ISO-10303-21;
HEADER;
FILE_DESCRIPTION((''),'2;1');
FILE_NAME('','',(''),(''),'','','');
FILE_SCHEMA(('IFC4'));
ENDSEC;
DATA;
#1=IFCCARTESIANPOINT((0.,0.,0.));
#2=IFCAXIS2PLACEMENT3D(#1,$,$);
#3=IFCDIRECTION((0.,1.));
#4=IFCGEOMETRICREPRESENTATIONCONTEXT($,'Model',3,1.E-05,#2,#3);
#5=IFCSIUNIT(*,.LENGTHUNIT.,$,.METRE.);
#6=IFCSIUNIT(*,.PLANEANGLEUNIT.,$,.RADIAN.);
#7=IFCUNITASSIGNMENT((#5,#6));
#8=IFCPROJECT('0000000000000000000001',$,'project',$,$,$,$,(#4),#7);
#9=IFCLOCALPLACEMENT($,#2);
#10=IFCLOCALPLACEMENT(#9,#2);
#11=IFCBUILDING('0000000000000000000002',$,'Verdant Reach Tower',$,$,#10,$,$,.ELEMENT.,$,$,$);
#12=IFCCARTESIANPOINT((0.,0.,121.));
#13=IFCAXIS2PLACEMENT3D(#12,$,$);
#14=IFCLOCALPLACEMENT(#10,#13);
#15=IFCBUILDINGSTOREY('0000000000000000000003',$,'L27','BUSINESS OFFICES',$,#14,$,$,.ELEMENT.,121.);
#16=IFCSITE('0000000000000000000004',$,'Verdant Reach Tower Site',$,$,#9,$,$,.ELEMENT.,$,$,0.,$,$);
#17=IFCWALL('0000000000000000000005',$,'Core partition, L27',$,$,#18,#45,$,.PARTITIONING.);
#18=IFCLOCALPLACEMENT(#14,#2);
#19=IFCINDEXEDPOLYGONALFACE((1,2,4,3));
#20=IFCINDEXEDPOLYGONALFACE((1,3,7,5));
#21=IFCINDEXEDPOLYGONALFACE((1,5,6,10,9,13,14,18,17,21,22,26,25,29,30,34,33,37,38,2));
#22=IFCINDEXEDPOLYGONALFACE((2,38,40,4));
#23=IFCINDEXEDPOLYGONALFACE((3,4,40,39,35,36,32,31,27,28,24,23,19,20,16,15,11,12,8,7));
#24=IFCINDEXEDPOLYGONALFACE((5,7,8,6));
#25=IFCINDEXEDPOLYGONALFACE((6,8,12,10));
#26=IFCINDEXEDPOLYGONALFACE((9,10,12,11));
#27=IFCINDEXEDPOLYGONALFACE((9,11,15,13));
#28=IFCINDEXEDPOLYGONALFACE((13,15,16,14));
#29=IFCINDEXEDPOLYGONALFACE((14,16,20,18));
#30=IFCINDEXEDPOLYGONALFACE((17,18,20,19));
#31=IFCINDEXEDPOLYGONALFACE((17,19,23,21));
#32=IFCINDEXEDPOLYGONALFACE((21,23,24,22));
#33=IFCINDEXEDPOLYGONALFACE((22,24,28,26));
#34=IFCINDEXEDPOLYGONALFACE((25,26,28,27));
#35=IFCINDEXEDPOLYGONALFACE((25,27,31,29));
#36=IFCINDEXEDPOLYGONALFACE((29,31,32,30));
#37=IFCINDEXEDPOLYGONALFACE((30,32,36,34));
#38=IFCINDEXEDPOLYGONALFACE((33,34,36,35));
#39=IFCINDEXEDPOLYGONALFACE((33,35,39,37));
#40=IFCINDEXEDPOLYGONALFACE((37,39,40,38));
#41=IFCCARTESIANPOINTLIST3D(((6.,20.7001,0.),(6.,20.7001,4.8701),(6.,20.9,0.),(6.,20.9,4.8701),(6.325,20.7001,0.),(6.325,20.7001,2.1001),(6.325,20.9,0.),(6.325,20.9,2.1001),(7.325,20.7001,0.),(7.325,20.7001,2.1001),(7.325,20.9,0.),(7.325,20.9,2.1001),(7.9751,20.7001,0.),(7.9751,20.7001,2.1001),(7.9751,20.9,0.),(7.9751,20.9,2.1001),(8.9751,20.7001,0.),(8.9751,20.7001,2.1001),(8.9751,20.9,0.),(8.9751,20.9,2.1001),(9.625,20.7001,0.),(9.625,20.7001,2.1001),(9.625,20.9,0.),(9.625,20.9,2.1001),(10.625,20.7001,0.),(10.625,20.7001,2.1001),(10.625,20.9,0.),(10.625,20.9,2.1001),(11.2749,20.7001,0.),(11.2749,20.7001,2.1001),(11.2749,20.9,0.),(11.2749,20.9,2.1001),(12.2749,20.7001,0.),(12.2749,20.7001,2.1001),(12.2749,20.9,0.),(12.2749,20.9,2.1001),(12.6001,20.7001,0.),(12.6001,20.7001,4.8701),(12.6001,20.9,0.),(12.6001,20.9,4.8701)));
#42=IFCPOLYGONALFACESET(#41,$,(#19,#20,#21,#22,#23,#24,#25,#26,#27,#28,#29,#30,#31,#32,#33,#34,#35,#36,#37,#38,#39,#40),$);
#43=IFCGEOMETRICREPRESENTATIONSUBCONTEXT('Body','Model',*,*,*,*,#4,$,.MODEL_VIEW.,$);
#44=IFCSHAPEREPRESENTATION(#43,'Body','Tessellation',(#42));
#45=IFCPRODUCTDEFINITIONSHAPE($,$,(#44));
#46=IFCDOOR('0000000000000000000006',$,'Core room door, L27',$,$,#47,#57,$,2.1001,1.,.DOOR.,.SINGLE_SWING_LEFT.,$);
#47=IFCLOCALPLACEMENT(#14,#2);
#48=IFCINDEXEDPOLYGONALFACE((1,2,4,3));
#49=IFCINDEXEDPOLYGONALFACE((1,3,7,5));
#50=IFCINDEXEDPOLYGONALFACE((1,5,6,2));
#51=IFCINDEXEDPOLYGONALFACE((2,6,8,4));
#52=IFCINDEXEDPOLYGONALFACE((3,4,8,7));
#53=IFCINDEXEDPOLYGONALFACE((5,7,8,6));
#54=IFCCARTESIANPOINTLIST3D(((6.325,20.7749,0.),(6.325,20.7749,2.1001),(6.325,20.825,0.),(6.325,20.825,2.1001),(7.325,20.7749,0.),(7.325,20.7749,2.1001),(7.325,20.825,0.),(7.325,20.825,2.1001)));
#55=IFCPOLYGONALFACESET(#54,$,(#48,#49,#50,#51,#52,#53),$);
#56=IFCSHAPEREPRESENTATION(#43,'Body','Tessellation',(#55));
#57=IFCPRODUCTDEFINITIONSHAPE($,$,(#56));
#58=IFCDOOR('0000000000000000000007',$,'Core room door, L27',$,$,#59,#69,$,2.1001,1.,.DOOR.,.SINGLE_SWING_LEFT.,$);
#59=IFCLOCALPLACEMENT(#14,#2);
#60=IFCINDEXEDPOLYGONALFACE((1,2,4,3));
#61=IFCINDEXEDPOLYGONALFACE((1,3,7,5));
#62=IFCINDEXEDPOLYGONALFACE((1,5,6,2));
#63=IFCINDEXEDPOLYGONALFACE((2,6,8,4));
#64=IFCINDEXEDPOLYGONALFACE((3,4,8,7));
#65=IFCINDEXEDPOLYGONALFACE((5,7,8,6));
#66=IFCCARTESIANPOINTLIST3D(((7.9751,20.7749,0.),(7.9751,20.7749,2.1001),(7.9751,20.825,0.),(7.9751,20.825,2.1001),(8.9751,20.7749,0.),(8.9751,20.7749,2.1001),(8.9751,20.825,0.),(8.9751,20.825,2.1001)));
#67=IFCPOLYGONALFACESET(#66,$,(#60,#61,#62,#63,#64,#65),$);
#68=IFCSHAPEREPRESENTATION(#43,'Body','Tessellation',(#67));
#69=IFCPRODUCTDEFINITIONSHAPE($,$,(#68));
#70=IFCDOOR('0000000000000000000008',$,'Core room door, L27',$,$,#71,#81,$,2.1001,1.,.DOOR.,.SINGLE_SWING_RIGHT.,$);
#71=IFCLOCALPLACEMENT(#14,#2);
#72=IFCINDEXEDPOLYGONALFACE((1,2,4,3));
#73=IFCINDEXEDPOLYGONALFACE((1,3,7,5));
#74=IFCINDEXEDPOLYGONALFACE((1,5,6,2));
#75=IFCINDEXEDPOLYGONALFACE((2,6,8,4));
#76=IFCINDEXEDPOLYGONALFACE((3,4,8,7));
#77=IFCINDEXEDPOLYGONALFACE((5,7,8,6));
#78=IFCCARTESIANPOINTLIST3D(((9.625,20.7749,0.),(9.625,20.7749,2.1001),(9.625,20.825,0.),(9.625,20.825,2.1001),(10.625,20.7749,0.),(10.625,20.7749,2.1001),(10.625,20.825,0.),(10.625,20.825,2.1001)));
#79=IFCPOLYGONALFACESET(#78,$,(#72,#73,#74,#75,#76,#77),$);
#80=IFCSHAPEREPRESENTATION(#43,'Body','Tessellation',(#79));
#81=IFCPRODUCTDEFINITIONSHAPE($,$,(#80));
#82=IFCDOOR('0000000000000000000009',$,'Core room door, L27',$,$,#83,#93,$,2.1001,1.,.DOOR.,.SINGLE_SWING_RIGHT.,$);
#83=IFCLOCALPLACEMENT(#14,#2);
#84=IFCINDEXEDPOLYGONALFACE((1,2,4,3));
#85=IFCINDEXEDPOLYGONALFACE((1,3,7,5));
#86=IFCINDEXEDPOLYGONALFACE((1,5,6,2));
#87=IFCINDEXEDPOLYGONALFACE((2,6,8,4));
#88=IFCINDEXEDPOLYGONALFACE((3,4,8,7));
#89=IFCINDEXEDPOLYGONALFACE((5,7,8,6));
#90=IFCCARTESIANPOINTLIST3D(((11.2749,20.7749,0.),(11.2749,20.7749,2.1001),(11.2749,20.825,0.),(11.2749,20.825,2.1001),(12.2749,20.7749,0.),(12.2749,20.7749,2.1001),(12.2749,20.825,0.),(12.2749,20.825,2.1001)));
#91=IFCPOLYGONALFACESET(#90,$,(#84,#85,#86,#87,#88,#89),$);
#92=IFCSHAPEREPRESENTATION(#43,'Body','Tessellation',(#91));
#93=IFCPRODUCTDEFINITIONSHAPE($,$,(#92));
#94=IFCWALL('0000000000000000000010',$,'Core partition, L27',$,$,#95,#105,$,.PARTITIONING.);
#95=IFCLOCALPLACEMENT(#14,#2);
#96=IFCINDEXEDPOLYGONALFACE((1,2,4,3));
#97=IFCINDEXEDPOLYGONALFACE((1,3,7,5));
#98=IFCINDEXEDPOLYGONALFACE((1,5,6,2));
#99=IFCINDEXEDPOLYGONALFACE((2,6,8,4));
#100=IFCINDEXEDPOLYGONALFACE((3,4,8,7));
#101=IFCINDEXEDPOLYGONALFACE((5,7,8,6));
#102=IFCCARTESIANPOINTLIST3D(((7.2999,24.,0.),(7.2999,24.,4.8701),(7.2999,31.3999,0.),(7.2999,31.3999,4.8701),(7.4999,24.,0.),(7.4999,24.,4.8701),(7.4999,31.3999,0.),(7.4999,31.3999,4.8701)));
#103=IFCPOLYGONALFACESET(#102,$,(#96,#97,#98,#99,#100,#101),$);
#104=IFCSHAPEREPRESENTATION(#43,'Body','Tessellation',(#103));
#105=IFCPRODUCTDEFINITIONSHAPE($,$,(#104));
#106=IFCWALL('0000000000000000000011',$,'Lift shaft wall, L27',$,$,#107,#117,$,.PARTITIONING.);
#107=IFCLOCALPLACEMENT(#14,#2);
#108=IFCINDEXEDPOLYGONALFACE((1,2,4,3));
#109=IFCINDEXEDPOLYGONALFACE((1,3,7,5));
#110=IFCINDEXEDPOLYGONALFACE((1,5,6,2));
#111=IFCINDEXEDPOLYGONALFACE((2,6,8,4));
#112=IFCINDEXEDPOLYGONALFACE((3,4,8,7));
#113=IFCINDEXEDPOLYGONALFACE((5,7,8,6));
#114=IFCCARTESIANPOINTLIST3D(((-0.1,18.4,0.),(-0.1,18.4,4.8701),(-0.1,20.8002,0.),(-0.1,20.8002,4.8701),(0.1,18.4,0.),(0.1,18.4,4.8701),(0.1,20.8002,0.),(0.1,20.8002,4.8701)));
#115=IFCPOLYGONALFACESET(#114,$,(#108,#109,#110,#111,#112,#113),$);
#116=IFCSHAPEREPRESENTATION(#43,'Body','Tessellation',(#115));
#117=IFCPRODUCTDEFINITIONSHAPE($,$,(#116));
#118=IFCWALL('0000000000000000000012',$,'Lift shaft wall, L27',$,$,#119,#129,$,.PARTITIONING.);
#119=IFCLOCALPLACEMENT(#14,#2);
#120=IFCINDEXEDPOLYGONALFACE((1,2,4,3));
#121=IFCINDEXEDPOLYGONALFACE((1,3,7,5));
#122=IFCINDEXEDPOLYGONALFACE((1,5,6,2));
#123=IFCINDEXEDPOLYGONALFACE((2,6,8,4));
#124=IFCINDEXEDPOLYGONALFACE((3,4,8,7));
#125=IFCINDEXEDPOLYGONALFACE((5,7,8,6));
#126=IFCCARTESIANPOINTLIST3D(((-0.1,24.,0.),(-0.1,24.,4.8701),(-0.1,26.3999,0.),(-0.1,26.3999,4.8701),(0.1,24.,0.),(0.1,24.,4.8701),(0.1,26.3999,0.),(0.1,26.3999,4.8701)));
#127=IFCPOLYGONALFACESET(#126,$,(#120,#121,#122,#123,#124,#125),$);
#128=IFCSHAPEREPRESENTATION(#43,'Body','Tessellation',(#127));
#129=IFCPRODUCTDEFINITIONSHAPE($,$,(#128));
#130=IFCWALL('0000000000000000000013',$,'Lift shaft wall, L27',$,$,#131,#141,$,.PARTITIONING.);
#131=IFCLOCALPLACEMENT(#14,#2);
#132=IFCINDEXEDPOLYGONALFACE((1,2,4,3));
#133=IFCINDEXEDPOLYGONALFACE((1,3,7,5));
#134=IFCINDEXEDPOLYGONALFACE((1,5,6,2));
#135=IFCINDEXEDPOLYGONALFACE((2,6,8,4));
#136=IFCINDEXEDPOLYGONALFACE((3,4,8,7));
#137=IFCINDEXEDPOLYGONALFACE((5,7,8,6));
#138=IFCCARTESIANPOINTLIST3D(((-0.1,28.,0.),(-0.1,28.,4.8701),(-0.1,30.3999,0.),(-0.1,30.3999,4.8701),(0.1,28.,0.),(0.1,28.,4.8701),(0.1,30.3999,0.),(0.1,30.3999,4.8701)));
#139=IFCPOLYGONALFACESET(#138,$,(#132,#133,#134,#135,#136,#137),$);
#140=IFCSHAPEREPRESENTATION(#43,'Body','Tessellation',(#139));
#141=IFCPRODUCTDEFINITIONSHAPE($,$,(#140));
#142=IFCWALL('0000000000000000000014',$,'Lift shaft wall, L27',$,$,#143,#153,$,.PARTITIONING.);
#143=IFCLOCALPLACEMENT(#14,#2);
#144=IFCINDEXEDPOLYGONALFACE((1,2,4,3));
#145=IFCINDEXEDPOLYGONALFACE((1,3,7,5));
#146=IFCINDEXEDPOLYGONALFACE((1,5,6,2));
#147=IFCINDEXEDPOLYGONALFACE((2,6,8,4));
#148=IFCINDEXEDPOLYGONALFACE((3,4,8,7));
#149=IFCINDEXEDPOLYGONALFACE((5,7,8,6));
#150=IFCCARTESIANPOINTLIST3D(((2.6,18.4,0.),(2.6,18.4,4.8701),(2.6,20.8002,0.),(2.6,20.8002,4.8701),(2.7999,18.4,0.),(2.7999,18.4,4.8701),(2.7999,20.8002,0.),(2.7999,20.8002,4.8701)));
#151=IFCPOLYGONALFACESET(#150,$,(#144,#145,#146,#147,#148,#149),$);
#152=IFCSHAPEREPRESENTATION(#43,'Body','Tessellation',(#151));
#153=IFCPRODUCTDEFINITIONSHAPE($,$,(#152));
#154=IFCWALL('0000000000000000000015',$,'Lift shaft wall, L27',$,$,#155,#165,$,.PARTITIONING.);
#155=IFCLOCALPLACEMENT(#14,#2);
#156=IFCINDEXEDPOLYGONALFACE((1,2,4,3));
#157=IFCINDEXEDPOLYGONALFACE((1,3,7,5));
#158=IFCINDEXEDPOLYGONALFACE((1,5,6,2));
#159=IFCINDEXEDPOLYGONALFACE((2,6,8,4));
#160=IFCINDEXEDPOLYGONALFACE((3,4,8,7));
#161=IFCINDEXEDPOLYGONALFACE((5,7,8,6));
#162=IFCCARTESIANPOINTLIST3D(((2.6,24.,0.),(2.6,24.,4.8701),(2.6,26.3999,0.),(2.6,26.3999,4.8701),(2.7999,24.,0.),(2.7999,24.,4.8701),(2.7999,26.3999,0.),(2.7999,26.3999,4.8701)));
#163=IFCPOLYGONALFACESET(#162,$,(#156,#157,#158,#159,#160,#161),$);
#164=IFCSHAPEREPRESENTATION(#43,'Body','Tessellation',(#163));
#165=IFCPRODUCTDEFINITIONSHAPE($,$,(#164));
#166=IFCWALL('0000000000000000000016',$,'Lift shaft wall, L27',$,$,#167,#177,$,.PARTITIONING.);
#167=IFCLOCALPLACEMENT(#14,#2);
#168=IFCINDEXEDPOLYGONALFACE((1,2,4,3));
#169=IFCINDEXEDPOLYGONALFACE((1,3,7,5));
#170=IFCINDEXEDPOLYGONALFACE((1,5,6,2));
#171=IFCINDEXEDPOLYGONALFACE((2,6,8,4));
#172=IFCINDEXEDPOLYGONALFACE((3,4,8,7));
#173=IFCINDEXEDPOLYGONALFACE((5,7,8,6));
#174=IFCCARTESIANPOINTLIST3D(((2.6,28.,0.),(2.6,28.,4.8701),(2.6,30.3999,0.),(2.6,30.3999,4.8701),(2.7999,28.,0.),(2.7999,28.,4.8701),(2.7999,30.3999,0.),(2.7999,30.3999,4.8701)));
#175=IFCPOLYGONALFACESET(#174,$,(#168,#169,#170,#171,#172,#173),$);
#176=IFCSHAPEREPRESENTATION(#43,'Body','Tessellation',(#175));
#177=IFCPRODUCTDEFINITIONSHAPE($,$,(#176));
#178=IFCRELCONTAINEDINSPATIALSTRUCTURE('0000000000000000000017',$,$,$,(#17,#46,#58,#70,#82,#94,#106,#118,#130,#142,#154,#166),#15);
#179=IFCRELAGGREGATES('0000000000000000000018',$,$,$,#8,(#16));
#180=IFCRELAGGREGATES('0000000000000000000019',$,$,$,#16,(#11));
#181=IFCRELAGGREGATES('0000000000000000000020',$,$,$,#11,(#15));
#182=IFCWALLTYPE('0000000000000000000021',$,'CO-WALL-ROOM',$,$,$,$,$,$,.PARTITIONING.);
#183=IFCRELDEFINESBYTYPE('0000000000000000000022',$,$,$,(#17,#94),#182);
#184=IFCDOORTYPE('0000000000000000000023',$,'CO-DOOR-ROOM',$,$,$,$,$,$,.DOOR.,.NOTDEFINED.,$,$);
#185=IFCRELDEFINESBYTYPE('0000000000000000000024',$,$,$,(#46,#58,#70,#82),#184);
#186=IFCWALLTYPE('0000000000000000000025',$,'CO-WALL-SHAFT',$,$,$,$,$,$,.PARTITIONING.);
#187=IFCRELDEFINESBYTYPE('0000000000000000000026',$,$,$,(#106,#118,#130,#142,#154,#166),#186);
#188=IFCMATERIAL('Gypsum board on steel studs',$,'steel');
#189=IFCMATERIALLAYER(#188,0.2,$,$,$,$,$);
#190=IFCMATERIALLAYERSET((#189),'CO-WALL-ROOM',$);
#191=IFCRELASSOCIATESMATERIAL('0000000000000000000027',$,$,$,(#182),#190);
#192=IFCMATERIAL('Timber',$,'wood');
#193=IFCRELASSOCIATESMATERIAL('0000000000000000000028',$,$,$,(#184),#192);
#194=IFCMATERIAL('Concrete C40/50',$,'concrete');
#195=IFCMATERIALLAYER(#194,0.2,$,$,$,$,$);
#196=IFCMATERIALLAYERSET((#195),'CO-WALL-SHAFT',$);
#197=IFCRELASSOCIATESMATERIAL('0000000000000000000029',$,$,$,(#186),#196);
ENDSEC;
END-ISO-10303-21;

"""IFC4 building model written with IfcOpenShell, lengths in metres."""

from ifc_helpers import new_model, si_unit, direction, frame, frame_2d, origin, place, context, subcontext, project, spatial, rectangle, extrude, material, layer, layer_set, type_object, element, fill, save


model = new_model("IFC4")

# Units and contexts
model_context = context("Model", 3, precision=1e-05, world=origin(), true_north=direction((0.0, 1.0)))
body_context = subcontext(model_context, "Body", "Model", "MODEL_VIEW")
ifc_project = project(units=[si_unit("LENGTHUNIT", "METRE"), si_unit("PLANEANGLEUNIT", "RADIAN")], contexts=[model_context])

# Site, building, storey
site_placement = place(None, origin())
site = spatial("IfcSite", under=ifc_project, at=site_placement, Name="Verdant Reach Tower Site", CompositionType="ELEMENT", RefElevation=0.0)
building_placement = place(site_placement, origin())
building = spatial("IfcBuilding", under=site, at=building_placement, Name="Verdant Reach Tower", CompositionType="ELEMENT")
storey_placement = place(building_placement, frame((0.0, 0.0, 121.0)))
storey = spatial("IfcBuildingStorey", under=building, at=storey_placement, Name="L27", Description="BUSINESS OFFICES", CompositionType="ELEMENT", Elevation=121.0)

# Wall, openings, doors
ifc_material_1 = material(Name="Gypsum board on steel studs", Category="steel")
ifc_layer_1 = layer(ifc_material_1, 0.2)
ifc_layer_set_1 = layer_set([ifc_layer_1], Name="CO-WALL-ROOM")
wall_type_1 = type_object("IfcWallType", Name="CO-WALL-ROOM", PredefinedType="PARTITIONING", material=ifc_layer_set_1)
wall_1_placement = place(storey_placement, frame((6.0, 20.8, 0.0), z_axis=(0.0, 0.0, 1.0), x_axis=(1.0, 0.0, 0.0)))
wall_1 = element("IfcWall", 1, at=wall_1_placement, inside=storey, type_object=wall_type_1, Name="Core partition, L27", PredefinedType="PARTITIONING", context=body_context, shape_type="SweptSolid", body=[
    extrude(rectangle(XDim=6.6001, YDim=0.2, at=frame_2d((3.3, 0.0))), origin(), (0.0, 0.0, 1.0), 4.8701),
])
opening_1_placement = place(wall_1_placement, frame((0.325, 0.0, 0.0)))
opening_1 = element("IfcOpeningElement", 2, at=opening_1_placement, cuts=wall_1, PredefinedType="OPENING", context=body_context, shape_type="SweptSolid", body=[
    extrude(rectangle(XDim=1.0, YDim=2.1001, at=frame_2d((0.5, 1.05))), frame((0.0, 0.1099, 0.0), z_axis=(0.0, -1.0, 0.0), x_axis=(1.0, 0.0, 0.0)), (0.0, 0.0, 1.0), 0.22),
])
opening_2_placement = place(wall_1_placement, frame((1.9751, 0.0, 0.0)))
opening_2 = element("IfcOpeningElement", 3, at=opening_2_placement, cuts=wall_1, PredefinedType="OPENING", context=body_context, shape_type="SweptSolid", body=[
    extrude(rectangle(XDim=1.0, YDim=2.1001, at=frame_2d((0.5, 1.05))), frame((0.0, 0.1099, 0.0), z_axis=(0.0, -1.0, 0.0), x_axis=(1.0, 0.0, 0.0)), (0.0, 0.0, 1.0), 0.22),
])
opening_3_placement = place(wall_1_placement, frame((3.625, 0.0, 0.0)))
opening_3 = element("IfcOpeningElement", 4, at=opening_3_placement, cuts=wall_1, PredefinedType="OPENING", context=body_context, shape_type="SweptSolid", body=[
    extrude(rectangle(XDim=1.0, YDim=2.1001, at=frame_2d((0.5, 1.05))), frame((0.0, 0.1099, 0.0), z_axis=(0.0, -1.0, 0.0), x_axis=(1.0, 0.0, 0.0)), (0.0, 0.0, 1.0), 0.22),
])
opening_4_placement = place(wall_1_placement, frame((5.2749, 0.0, 0.0)))
opening_4 = element("IfcOpeningElement", 5, at=opening_4_placement, cuts=wall_1, PredefinedType="OPENING", context=body_context, shape_type="SweptSolid", body=[
    extrude(rectangle(XDim=1.0, YDim=2.1001, at=frame_2d((0.5, 1.05))), frame((0.0, 0.1099, 0.0), z_axis=(0.0, -1.0, 0.0), x_axis=(1.0, 0.0, 0.0)), (0.0, 0.0, 1.0), 0.22),
])
ifc_material_2 = material(Name="Timber", Category="wood")
door_type_1 = type_object("IfcDoorType", Name="CO-DOOR-ROOM", OperationType="NOTDEFINED", PredefinedType="DOOR", material=ifc_material_2)
door_1_placement = place(opening_1_placement, origin())
door_1 = element("IfcDoor", 6, at=door_1_placement, inside=storey, type_object=door_type_1, Name="Core room door, L27", OperationType="SINGLE_SWING_LEFT", OverallHeight=2.1001, OverallWidth=1.0, PredefinedType="DOOR", context=body_context, shape_type="SweptSolid", body=[
    extrude(rectangle(XDim=1.0, YDim=2.1001, at=frame_2d((0.5, 1.05))), frame((0.0, 0.0249, 0.0), z_axis=(0.0, -1.0, 0.0), x_axis=(1.0, 0.0, 0.0)), (0.0, 0.0, 1.0), 0.05),
])
fill(opening_1, door_1)
door_2_placement = place(opening_2_placement, origin())
door_2 = element("IfcDoor", 7, at=door_2_placement, inside=storey, type_object=door_type_1, Name="Core room door, L27", OperationType="SINGLE_SWING_LEFT", OverallHeight=2.1001, OverallWidth=1.0, PredefinedType="DOOR", context=body_context, shape_type="SweptSolid", body=[
    extrude(rectangle(XDim=1.0, YDim=2.1001, at=frame_2d((0.5, 1.05))), frame((0.0, 0.0249, 0.0), z_axis=(0.0, -1.0, 0.0), x_axis=(1.0, 0.0, 0.0)), (0.0, 0.0, 1.0), 0.05),
])
fill(opening_2, door_2)
door_3_placement = place(opening_3_placement, origin())
door_3 = element("IfcDoor", 8, at=door_3_placement, inside=storey, type_object=door_type_1, Name="Core room door, L27", OperationType="SINGLE_SWING_RIGHT", OverallHeight=2.1001, OverallWidth=1.0, PredefinedType="DOOR", context=body_context, shape_type="SweptSolid", body=[
    extrude(rectangle(XDim=1.0, YDim=2.1001, at=frame_2d((0.5, 1.05))), frame((0.0, 0.0249, 0.0), z_axis=(0.0, -1.0, 0.0), x_axis=(1.0, 0.0, 0.0)), (0.0, 0.0, 1.0), 0.05),
])
fill(opening_3, door_3)
door_4_placement = place(opening_4_placement, origin())
door_4 = element("IfcDoor", 9, at=door_4_placement, inside=storey, type_object=door_type_1, Name="Core room door, L27", OperationType="SINGLE_SWING_RIGHT", OverallHeight=2.1001, OverallWidth=1.0, PredefinedType="DOOR", context=body_context, shape_type="SweptSolid", body=[
    extrude(rectangle(XDim=1.0, YDim=2.1001, at=frame_2d((0.5, 1.05))), frame((0.0, 0.0249, 0.0), z_axis=(0.0, -1.0, 0.0), x_axis=(1.0, 0.0, 0.0)), (0.0, 0.0, 1.0), 0.05),
])
fill(opening_4, door_4)

# Walls
wall_2_placement = place(storey_placement, frame((7.3999, 24.0, 0.0), z_axis=(0.0, 0.0, 1.0), x_axis=(0.0, 1.0, 0.0)))
element("IfcWall", 10, at=wall_2_placement, inside=storey, type_object=wall_type_1, Name="Core partition, L27", PredefinedType="PARTITIONING", context=body_context, shape_type="SweptSolid", body=[
    extrude(rectangle(XDim=7.3999, YDim=0.2, at=frame_2d((3.7, 0.0))), origin(), (0.0, 0.0, 1.0), 4.8701),
])
ifc_material_3 = material(Name="Concrete C40/50", Category="concrete")
ifc_layer_2 = layer(ifc_material_3, 0.2)
ifc_layer_set_2 = layer_set([ifc_layer_2], Name="CO-WALL-SHAFT")
wall_type_2 = type_object("IfcWallType", Name="CO-WALL-SHAFT", PredefinedType="PARTITIONING", material=ifc_layer_set_2)
wall_3_placement = place(storey_placement, frame((0.0, 18.3999, 0.0), z_axis=(0.0, 0.0, 1.0), x_axis=(0.0, 1.0, 0.0)))
element("IfcWall", 11, at=wall_3_placement, inside=storey, type_object=wall_type_2, Name="Lift shaft wall, L27", PredefinedType="PARTITIONING", context=body_context, shape_type="SweptSolid", body=[
    extrude(rectangle(XDim=2.4001, YDim=0.2, at=frame_2d((1.2002, 0.0))), origin(), (0.0, 0.0, 1.0), 4.8701),
])
for number, where, z_axis, x_axis, name in (
    (12, (0.0, 24.0, 0.0), (0.0, 0.0, 1.0), (0.0, 1.0, 0.0), "Lift shaft wall, L27"),
    (13, (0.0, 28.0, 0.0), (0.0, 0.0, 1.0), (0.0, 1.0, 0.0), "Lift shaft wall, L27"),
):
    element("IfcWall", number, at=place(storey_placement, frame(where, z_axis=z_axis, x_axis=x_axis)), inside=storey, type_object=wall_type_2, Name=name, PredefinedType="PARTITIONING", context=body_context, shape_type="SweptSolid", body=[
        extrude(rectangle(XDim=2.3999, YDim=0.2, at=frame_2d((1.2, 0.0))), origin(), (0.0, 0.0, 1.0), 4.8701),
    ])
wall_4_placement = place(storey_placement, frame((2.7, 18.3999, 0.0), z_axis=(0.0, 0.0, 1.0), x_axis=(0.0, 1.0, 0.0)))
element("IfcWall", 14, at=wall_4_placement, inside=storey, type_object=wall_type_2, Name="Lift shaft wall, L27", PredefinedType="PARTITIONING", context=body_context, shape_type="SweptSolid", body=[
    extrude(rectangle(XDim=2.4001, YDim=0.2, at=frame_2d((1.2002, 0.0))), origin(), (0.0, 0.0, 1.0), 4.8701),
])
for number, where, z_axis, x_axis, name in (
    (15, (2.7, 24.0, 0.0), (0.0, 0.0, 1.0), (0.0, 1.0, 0.0), "Lift shaft wall, L27"),
    (16, (2.7, 28.0, 0.0), (0.0, 0.0, 1.0), (0.0, 1.0, 0.0), "Lift shaft wall, L27"),
):
    element("IfcWall", number, at=place(storey_placement, frame(where, z_axis=z_axis, x_axis=x_axis)), inside=storey, type_object=wall_type_2, Name=name, PredefinedType="PARTITIONING", context=body_context, shape_type="SweptSolid", body=[
        extrude(rectangle(XDim=2.3999, YDim=0.2, at=frame_2d((1.2, 0.0))), origin(), (0.0, 0.0, 1.0), 4.8701),
    ])

save(model, "model.ifc")
